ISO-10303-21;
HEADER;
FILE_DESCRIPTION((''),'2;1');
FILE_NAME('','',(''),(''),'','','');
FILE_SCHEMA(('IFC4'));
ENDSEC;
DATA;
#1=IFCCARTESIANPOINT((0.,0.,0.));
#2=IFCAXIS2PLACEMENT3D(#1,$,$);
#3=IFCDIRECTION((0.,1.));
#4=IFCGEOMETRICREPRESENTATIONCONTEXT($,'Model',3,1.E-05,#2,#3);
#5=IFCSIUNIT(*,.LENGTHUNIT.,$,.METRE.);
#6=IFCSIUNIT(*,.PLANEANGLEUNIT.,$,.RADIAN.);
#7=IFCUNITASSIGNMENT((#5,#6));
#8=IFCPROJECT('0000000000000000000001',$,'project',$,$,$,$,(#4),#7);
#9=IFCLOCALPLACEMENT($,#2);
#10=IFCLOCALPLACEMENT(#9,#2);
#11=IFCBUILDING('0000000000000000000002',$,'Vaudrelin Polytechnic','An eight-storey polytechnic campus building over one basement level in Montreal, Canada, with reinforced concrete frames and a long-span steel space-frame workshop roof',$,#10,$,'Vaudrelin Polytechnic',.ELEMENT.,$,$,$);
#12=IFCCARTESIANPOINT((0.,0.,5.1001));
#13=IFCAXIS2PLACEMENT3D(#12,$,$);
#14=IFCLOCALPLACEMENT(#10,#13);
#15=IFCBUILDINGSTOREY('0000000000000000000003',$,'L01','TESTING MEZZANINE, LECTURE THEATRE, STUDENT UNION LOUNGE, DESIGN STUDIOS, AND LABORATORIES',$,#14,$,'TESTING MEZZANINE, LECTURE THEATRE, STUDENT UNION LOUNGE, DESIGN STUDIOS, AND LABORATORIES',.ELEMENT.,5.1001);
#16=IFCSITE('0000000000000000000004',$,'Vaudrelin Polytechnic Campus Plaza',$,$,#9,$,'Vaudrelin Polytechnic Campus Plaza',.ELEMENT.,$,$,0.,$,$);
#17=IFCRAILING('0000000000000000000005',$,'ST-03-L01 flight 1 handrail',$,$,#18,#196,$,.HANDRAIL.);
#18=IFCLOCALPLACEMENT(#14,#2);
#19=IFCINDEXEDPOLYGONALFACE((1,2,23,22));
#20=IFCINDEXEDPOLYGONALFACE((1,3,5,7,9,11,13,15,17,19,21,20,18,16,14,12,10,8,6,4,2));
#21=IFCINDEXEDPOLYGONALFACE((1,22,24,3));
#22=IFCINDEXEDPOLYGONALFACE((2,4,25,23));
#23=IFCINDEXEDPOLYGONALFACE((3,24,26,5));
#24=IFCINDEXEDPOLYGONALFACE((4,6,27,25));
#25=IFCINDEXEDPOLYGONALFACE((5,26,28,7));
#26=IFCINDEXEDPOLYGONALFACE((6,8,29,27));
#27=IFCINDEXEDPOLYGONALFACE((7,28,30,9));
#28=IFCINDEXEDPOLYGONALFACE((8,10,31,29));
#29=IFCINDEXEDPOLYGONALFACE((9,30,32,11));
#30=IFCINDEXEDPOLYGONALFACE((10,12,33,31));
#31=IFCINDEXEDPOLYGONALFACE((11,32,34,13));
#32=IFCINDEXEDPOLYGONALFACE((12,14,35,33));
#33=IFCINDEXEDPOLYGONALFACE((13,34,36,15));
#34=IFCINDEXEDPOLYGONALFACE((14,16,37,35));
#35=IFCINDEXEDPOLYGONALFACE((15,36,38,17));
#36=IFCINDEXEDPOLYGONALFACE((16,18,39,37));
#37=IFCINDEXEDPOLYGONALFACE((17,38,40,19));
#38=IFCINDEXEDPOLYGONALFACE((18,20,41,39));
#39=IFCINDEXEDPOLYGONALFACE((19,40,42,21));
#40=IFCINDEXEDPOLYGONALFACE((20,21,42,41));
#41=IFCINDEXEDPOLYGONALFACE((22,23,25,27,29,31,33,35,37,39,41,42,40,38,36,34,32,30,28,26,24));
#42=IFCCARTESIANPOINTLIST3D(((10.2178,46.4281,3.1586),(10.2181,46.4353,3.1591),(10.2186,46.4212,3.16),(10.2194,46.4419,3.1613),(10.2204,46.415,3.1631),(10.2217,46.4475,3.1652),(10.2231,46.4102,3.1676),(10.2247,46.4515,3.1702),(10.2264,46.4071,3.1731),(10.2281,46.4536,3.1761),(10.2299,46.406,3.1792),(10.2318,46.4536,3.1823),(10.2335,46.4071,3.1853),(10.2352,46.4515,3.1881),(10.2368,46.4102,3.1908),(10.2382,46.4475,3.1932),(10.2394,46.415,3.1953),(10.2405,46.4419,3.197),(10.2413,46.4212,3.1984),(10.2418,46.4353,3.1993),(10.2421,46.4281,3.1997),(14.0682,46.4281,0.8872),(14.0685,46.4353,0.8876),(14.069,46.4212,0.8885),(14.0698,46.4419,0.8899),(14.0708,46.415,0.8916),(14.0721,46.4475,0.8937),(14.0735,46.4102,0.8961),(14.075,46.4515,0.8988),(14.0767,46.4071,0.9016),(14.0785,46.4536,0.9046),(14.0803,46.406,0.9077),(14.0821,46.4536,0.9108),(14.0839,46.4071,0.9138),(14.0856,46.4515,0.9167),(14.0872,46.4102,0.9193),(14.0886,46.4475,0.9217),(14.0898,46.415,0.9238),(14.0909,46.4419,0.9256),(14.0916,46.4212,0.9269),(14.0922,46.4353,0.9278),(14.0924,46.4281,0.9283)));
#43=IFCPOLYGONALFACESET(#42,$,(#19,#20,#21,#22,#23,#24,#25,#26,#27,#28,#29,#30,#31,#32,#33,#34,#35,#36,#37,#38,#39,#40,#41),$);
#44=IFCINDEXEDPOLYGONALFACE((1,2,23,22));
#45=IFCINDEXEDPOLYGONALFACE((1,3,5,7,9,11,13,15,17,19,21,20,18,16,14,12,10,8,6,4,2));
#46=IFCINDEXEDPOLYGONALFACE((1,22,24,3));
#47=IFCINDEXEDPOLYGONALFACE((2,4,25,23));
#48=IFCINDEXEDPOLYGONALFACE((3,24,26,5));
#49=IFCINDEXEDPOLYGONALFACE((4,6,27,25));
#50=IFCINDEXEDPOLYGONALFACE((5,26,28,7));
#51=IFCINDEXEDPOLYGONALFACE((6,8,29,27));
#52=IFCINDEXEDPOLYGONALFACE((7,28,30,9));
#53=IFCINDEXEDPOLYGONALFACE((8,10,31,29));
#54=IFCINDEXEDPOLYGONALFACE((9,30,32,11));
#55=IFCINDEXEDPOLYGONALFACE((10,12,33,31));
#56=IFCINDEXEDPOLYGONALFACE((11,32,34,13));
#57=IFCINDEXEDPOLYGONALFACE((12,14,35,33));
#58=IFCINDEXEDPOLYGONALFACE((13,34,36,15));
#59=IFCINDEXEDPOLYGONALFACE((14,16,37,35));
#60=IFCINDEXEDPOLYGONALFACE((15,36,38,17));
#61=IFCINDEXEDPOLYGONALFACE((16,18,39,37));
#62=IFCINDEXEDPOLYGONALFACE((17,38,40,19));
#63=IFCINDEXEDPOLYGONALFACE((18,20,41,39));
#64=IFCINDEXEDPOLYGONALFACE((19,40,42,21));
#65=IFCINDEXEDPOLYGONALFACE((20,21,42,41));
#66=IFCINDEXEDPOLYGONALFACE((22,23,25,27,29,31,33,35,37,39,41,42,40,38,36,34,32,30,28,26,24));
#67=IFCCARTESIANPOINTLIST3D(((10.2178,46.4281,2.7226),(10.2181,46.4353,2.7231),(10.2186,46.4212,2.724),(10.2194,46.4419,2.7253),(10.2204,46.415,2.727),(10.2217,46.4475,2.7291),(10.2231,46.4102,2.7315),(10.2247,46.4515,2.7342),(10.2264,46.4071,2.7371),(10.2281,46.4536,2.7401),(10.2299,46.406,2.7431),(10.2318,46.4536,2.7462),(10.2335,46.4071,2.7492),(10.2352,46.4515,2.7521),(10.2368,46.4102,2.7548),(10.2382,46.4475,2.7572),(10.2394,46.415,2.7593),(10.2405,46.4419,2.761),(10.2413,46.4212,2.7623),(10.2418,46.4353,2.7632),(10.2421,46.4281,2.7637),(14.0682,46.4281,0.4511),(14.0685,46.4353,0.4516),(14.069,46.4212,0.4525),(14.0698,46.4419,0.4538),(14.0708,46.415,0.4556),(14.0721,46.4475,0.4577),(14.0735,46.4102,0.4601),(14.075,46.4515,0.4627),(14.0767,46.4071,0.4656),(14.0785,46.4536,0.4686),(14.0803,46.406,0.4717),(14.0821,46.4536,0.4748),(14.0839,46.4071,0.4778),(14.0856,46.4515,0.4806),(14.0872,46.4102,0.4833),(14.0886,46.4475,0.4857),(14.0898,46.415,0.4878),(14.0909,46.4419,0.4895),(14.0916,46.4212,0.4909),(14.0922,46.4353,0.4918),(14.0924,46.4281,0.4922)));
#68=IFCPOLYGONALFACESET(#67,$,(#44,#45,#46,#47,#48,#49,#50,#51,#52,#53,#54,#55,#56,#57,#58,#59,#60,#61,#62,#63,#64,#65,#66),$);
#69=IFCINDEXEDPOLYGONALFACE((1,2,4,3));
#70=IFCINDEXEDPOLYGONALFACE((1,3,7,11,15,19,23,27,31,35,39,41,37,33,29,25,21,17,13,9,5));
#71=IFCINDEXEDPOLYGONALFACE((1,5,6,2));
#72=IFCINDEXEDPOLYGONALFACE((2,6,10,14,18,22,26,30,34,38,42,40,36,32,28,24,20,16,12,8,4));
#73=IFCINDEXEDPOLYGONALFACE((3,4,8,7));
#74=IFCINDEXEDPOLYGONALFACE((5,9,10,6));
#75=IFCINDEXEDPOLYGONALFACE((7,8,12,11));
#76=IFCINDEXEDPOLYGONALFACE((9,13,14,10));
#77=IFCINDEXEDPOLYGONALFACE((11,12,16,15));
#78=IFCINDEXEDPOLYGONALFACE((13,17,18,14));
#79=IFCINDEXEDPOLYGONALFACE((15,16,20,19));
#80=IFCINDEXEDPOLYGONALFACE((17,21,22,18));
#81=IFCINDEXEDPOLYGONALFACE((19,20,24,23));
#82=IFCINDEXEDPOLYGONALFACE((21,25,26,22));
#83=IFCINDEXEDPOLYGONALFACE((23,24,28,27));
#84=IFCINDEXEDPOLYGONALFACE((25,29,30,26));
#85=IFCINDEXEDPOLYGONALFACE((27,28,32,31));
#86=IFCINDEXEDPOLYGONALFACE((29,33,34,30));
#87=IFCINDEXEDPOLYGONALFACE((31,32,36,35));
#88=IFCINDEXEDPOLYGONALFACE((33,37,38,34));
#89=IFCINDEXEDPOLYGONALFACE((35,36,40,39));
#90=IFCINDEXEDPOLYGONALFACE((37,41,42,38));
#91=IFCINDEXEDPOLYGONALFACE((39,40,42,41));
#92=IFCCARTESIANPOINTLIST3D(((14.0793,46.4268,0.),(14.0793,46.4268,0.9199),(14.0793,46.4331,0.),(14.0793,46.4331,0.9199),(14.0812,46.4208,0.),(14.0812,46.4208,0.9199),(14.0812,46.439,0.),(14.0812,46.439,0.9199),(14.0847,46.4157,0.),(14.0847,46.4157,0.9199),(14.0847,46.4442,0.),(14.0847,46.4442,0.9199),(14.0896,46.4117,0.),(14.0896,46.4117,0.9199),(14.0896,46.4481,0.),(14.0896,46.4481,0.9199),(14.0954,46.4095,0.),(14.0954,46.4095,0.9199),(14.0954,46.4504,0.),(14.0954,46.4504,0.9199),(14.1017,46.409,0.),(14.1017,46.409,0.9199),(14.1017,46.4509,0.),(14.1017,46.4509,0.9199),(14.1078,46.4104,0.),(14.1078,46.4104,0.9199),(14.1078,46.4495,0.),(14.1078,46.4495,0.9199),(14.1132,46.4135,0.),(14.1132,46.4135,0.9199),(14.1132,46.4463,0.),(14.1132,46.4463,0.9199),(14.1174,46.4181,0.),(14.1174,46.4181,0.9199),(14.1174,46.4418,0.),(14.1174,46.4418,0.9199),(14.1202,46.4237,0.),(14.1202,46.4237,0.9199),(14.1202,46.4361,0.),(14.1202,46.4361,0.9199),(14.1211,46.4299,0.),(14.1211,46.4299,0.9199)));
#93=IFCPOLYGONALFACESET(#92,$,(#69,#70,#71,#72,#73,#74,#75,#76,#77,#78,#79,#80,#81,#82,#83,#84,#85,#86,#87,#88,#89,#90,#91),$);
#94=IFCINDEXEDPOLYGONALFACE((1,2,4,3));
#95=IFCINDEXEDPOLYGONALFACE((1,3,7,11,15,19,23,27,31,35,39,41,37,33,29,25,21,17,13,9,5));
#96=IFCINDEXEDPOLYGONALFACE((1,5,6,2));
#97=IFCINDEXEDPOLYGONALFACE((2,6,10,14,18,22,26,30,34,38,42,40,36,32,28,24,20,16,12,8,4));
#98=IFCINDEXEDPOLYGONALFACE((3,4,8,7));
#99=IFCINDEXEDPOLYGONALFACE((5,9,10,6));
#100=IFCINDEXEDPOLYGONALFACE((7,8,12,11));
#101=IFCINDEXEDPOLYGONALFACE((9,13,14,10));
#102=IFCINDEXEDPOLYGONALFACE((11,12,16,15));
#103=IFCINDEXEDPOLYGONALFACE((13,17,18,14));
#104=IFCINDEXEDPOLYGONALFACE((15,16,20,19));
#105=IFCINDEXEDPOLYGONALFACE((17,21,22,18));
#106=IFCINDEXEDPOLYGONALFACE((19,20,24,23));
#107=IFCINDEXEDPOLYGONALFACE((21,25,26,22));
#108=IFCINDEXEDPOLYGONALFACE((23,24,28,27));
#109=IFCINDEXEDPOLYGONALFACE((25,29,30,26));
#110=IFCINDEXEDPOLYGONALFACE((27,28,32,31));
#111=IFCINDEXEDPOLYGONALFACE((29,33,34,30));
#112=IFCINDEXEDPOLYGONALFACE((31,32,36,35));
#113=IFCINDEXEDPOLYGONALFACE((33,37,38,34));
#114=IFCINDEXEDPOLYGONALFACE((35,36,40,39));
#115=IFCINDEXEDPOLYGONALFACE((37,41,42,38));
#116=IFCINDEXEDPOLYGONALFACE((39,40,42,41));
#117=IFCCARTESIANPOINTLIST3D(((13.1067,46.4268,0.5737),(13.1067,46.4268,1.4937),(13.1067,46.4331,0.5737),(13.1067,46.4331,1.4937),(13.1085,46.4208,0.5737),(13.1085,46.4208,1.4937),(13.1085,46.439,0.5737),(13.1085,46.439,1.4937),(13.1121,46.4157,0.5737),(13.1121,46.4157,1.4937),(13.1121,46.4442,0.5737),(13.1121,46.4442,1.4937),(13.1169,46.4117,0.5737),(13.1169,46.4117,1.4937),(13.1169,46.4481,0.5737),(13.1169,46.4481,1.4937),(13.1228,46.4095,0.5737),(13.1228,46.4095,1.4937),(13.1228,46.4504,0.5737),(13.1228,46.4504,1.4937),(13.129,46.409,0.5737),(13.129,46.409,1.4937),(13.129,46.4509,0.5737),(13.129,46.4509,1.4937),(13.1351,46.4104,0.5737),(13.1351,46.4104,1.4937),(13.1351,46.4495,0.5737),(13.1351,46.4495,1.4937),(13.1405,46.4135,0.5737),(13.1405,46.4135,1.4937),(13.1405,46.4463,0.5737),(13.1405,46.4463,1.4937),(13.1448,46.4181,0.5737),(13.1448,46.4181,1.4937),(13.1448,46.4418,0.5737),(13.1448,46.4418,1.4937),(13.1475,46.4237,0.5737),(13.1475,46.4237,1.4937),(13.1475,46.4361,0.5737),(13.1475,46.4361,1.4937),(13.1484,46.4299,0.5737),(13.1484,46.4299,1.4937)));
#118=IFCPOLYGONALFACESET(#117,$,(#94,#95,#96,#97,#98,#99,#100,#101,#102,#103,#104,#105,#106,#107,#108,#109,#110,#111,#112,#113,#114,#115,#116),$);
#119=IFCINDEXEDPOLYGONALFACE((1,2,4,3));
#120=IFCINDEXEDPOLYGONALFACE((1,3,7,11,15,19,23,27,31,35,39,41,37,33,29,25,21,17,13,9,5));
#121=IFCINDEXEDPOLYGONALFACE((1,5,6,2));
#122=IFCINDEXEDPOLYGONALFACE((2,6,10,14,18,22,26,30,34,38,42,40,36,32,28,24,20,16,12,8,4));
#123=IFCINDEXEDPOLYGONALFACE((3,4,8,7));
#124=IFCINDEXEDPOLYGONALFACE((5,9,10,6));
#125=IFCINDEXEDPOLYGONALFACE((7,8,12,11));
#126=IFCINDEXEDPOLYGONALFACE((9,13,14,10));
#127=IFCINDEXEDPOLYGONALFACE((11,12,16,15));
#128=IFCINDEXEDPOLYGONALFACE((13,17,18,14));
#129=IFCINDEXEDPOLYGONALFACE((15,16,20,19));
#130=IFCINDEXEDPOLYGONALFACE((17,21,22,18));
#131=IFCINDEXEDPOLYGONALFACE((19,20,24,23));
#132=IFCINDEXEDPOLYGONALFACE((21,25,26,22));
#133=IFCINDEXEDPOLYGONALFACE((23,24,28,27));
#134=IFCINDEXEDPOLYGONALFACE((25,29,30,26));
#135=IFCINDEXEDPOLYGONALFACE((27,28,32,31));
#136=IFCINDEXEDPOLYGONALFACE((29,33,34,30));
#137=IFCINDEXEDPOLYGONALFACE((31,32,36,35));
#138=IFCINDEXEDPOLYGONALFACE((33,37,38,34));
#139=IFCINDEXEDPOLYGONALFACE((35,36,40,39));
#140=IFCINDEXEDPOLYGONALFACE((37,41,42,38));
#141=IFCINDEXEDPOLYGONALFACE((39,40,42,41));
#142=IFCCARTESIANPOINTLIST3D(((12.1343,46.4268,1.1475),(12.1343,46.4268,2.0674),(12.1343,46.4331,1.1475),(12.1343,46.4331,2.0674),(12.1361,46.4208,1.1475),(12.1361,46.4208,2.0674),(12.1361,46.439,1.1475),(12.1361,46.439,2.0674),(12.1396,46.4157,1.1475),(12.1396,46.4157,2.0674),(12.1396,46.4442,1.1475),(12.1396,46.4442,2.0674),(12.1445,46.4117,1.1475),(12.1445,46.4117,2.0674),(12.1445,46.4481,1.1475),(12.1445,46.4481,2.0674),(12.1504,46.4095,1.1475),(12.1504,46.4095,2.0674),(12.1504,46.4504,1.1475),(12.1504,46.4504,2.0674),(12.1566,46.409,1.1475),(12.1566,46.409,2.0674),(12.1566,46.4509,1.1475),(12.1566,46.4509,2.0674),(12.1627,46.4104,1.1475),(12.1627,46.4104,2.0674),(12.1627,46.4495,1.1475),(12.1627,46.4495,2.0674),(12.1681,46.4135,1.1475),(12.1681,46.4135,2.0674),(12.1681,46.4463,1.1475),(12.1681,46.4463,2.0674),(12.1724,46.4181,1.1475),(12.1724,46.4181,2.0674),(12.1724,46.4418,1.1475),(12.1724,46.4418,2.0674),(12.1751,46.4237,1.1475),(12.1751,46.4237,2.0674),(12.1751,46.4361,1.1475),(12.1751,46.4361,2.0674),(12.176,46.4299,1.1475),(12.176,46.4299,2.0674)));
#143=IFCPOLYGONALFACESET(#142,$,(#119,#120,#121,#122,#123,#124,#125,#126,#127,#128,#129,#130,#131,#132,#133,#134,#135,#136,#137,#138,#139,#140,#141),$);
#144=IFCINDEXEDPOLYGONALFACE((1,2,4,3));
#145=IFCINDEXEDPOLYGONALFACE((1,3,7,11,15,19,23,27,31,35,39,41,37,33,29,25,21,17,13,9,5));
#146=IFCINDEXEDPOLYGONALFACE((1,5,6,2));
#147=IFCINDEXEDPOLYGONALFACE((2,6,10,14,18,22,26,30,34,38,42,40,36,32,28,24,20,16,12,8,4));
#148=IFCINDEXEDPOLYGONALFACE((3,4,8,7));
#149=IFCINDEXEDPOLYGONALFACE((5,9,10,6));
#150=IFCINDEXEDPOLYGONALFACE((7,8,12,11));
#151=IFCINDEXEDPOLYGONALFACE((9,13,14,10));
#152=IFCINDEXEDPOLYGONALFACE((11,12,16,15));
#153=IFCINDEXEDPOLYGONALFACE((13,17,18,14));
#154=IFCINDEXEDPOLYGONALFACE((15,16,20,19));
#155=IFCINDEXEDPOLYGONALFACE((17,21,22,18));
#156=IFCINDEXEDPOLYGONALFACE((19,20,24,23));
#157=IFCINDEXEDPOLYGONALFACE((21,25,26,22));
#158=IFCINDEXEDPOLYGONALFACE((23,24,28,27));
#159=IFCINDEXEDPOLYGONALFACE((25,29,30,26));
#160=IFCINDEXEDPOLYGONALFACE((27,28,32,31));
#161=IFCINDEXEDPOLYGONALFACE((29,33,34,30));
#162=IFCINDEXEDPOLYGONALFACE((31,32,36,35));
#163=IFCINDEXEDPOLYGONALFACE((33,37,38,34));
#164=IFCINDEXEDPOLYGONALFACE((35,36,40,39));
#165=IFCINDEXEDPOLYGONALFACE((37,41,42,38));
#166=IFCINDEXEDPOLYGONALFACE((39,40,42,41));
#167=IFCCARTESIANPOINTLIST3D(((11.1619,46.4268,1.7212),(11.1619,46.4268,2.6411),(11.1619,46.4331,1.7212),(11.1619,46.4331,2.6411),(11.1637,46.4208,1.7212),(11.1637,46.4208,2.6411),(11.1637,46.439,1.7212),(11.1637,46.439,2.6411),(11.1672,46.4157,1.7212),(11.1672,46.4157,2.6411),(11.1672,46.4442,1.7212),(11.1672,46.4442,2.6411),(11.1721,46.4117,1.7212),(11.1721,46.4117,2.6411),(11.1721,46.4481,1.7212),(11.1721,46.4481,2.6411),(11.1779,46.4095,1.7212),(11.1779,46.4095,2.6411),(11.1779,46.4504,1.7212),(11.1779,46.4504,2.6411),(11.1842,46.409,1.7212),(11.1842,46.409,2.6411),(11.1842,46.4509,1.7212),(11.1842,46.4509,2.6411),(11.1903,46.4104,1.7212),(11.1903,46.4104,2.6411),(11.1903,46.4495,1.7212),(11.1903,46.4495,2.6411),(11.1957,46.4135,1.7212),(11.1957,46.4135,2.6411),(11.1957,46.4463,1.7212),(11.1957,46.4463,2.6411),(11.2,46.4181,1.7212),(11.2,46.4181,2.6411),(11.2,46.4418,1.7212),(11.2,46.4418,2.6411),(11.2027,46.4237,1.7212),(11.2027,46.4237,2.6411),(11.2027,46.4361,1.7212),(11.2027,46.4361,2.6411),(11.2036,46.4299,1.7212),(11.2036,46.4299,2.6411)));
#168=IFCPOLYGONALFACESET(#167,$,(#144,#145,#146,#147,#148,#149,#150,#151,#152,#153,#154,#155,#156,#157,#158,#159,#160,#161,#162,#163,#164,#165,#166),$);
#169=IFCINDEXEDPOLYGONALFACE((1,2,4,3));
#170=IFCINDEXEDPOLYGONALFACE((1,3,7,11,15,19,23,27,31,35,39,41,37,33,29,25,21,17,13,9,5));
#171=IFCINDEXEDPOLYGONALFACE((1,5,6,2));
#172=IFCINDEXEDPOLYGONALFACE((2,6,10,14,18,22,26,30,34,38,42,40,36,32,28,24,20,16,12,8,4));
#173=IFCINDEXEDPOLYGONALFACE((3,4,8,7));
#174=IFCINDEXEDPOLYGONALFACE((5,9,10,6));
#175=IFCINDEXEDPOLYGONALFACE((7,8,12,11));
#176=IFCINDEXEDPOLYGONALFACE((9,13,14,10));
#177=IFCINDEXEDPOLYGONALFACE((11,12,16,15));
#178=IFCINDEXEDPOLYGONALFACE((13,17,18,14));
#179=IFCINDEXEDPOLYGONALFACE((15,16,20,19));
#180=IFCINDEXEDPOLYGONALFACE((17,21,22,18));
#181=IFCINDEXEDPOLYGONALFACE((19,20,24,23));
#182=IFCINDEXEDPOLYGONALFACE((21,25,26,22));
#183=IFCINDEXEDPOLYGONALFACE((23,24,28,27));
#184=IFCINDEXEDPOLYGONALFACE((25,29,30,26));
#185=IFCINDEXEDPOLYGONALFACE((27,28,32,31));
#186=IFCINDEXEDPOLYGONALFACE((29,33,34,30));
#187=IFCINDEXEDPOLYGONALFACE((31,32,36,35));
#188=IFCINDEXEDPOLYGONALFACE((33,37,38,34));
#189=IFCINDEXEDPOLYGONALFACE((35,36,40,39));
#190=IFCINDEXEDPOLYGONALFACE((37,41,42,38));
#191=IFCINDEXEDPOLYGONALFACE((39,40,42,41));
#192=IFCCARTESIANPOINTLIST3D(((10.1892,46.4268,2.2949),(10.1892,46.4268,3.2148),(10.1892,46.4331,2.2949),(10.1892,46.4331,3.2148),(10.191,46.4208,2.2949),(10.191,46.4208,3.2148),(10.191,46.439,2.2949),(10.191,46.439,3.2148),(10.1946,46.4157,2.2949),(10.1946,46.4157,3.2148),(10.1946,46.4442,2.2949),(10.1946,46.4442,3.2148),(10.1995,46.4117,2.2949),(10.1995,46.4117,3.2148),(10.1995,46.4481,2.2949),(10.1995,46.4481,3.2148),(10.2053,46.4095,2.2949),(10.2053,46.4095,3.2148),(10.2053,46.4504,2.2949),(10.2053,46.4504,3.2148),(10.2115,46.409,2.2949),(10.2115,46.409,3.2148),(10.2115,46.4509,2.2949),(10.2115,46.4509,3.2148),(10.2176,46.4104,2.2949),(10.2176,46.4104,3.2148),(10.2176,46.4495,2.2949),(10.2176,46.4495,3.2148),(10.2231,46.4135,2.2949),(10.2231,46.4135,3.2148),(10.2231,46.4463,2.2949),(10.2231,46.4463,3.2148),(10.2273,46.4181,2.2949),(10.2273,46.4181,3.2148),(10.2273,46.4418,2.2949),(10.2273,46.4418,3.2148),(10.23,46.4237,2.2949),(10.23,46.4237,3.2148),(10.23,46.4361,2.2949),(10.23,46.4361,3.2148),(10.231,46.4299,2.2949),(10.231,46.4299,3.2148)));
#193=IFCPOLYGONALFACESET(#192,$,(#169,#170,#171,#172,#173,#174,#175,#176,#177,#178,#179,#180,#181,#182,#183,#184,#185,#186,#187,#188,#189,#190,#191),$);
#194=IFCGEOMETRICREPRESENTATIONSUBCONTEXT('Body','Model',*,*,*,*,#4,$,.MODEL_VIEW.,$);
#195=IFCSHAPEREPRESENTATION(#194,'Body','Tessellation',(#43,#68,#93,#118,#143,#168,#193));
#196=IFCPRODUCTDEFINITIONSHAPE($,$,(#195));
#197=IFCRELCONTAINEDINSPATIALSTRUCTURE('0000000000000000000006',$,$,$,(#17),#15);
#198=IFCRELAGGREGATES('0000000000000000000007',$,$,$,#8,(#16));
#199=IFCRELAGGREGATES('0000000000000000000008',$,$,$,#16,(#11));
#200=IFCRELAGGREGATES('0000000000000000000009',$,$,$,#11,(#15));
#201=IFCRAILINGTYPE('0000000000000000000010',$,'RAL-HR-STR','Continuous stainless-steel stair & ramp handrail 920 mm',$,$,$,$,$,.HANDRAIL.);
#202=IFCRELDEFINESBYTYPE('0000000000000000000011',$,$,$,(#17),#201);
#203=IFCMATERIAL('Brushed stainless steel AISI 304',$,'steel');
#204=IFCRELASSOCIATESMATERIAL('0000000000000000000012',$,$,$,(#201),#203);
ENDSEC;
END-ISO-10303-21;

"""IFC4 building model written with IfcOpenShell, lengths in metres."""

from ifc_helpers import new_model, si_unit, direction, frame, origin, origin_2d, place, context, subcontext, project, spatial, circle, extrude, material, type_object, element, save


model = new_model("IFC4")

# Units and contexts
model_context = context("Model", 3, precision=1e-05, world=origin(), true_north=direction((0.0, 1.0)))
body_context = subcontext(model_context, "Body", "Model", "MODEL_VIEW")
ifc_project = project(units=[si_unit("LENGTHUNIT", "METRE"), si_unit("PLANEANGLEUNIT", "RADIAN")], contexts=[model_context])

# Site, building, storey
site_placement = place(None, origin())
site = spatial("IfcSite", under=ifc_project, at=site_placement, Name="Vaudrelin Polytechnic Campus Plaza", LongName="Vaudrelin Polytechnic Campus Plaza", CompositionType="ELEMENT", RefElevation=0.0)
building_placement = place(site_placement, origin())
building = spatial("IfcBuilding", under=site, at=building_placement, Name="Vaudrelin Polytechnic", Description="An eight-storey polytechnic campus building over one basement level in Montreal, Canada, with reinforced concrete frames and a long-span steel space-frame workshop roof", LongName="Vaudrelin Polytechnic", CompositionType="ELEMENT")
storey_placement = place(building_placement, frame((0.0, 0.0, 5.1001)))
storey = spatial("IfcBuildingStorey", under=building, at=storey_placement, Name="L01", Description="TESTING MEZZANINE, LECTURE THEATRE, STUDENT UNION LOUNGE, DESIGN STUDIOS, AND LABORATORIES", LongName="TESTING MEZZANINE, LECTURE THEATRE, STUDENT UNION LOUNGE, DESIGN STUDIOS, AND LABORATORIES", CompositionType="ELEMENT", Elevation=5.1001)

# Shared definitions
ifc_material_1 = material(Name="Brushed stainless steel AISI 304", Category="steel")

# Railing
railing_type_1 = type_object("IfcRailingType", Name="RAL-HR-STR", Description="Continuous stainless-steel stair & ramp handrail 920 mm", PredefinedType="HANDRAIL", material=ifc_material_1)
railing_1_placement = place(storey_placement, frame((14.1001, 46.4299, 0.0)))
element("IfcRailing", 1, at=railing_1_placement, inside=storey, type_object=railing_type_1, Name="ST-03-L01 flight 1 handrail", PredefinedType="HANDRAIL", context=body_context, shape_type="SweptSolid", body=[
    extrude(circle(Radius=0.0239, at=origin_2d()), frame((-0.0198, 0.0, 0.9077), z_axis=(-0.861294, 0.0, 0.508106), x_axis=(0.0, -1.0, 0.0)), (0.0, 0.0, 1.0), 4.4705),
    extrude(circle(Radius=0.0239, at=origin_2d()), frame((-0.0198, 0.0, 0.4717), z_axis=(-0.861294, 0.0, 0.508106), x_axis=(0.0, -1.0, 0.0)), (0.0, 0.0, 1.0), 4.4705),
    extrude(circle(Radius=0.021, at=origin_2d()), origin(), (0.0, 0.0, 1.0), 0.9199),
    extrude(circle(Radius=0.021, at=origin_2d()), frame((-0.9727, 0.0, 0.5737)), (0.0, 0.0, 1.0), 0.9199),
    extrude(circle(Radius=0.021, at=origin_2d()), frame((-1.9451, 0.0, 1.1475)), (0.0, 0.0, 1.0), 0.9199),
    extrude(circle(Radius=0.021, at=origin_2d()), frame((-2.9175, 0.0, 1.7212)), (0.0, 0.0, 1.0), 0.9199),
    extrude(circle(Radius=0.021, at=origin_2d()), frame((-3.8901, 0.0, 2.2949)), (0.0, 0.0, 1.0), 0.9199),
])

save(model, "model.ifc")
